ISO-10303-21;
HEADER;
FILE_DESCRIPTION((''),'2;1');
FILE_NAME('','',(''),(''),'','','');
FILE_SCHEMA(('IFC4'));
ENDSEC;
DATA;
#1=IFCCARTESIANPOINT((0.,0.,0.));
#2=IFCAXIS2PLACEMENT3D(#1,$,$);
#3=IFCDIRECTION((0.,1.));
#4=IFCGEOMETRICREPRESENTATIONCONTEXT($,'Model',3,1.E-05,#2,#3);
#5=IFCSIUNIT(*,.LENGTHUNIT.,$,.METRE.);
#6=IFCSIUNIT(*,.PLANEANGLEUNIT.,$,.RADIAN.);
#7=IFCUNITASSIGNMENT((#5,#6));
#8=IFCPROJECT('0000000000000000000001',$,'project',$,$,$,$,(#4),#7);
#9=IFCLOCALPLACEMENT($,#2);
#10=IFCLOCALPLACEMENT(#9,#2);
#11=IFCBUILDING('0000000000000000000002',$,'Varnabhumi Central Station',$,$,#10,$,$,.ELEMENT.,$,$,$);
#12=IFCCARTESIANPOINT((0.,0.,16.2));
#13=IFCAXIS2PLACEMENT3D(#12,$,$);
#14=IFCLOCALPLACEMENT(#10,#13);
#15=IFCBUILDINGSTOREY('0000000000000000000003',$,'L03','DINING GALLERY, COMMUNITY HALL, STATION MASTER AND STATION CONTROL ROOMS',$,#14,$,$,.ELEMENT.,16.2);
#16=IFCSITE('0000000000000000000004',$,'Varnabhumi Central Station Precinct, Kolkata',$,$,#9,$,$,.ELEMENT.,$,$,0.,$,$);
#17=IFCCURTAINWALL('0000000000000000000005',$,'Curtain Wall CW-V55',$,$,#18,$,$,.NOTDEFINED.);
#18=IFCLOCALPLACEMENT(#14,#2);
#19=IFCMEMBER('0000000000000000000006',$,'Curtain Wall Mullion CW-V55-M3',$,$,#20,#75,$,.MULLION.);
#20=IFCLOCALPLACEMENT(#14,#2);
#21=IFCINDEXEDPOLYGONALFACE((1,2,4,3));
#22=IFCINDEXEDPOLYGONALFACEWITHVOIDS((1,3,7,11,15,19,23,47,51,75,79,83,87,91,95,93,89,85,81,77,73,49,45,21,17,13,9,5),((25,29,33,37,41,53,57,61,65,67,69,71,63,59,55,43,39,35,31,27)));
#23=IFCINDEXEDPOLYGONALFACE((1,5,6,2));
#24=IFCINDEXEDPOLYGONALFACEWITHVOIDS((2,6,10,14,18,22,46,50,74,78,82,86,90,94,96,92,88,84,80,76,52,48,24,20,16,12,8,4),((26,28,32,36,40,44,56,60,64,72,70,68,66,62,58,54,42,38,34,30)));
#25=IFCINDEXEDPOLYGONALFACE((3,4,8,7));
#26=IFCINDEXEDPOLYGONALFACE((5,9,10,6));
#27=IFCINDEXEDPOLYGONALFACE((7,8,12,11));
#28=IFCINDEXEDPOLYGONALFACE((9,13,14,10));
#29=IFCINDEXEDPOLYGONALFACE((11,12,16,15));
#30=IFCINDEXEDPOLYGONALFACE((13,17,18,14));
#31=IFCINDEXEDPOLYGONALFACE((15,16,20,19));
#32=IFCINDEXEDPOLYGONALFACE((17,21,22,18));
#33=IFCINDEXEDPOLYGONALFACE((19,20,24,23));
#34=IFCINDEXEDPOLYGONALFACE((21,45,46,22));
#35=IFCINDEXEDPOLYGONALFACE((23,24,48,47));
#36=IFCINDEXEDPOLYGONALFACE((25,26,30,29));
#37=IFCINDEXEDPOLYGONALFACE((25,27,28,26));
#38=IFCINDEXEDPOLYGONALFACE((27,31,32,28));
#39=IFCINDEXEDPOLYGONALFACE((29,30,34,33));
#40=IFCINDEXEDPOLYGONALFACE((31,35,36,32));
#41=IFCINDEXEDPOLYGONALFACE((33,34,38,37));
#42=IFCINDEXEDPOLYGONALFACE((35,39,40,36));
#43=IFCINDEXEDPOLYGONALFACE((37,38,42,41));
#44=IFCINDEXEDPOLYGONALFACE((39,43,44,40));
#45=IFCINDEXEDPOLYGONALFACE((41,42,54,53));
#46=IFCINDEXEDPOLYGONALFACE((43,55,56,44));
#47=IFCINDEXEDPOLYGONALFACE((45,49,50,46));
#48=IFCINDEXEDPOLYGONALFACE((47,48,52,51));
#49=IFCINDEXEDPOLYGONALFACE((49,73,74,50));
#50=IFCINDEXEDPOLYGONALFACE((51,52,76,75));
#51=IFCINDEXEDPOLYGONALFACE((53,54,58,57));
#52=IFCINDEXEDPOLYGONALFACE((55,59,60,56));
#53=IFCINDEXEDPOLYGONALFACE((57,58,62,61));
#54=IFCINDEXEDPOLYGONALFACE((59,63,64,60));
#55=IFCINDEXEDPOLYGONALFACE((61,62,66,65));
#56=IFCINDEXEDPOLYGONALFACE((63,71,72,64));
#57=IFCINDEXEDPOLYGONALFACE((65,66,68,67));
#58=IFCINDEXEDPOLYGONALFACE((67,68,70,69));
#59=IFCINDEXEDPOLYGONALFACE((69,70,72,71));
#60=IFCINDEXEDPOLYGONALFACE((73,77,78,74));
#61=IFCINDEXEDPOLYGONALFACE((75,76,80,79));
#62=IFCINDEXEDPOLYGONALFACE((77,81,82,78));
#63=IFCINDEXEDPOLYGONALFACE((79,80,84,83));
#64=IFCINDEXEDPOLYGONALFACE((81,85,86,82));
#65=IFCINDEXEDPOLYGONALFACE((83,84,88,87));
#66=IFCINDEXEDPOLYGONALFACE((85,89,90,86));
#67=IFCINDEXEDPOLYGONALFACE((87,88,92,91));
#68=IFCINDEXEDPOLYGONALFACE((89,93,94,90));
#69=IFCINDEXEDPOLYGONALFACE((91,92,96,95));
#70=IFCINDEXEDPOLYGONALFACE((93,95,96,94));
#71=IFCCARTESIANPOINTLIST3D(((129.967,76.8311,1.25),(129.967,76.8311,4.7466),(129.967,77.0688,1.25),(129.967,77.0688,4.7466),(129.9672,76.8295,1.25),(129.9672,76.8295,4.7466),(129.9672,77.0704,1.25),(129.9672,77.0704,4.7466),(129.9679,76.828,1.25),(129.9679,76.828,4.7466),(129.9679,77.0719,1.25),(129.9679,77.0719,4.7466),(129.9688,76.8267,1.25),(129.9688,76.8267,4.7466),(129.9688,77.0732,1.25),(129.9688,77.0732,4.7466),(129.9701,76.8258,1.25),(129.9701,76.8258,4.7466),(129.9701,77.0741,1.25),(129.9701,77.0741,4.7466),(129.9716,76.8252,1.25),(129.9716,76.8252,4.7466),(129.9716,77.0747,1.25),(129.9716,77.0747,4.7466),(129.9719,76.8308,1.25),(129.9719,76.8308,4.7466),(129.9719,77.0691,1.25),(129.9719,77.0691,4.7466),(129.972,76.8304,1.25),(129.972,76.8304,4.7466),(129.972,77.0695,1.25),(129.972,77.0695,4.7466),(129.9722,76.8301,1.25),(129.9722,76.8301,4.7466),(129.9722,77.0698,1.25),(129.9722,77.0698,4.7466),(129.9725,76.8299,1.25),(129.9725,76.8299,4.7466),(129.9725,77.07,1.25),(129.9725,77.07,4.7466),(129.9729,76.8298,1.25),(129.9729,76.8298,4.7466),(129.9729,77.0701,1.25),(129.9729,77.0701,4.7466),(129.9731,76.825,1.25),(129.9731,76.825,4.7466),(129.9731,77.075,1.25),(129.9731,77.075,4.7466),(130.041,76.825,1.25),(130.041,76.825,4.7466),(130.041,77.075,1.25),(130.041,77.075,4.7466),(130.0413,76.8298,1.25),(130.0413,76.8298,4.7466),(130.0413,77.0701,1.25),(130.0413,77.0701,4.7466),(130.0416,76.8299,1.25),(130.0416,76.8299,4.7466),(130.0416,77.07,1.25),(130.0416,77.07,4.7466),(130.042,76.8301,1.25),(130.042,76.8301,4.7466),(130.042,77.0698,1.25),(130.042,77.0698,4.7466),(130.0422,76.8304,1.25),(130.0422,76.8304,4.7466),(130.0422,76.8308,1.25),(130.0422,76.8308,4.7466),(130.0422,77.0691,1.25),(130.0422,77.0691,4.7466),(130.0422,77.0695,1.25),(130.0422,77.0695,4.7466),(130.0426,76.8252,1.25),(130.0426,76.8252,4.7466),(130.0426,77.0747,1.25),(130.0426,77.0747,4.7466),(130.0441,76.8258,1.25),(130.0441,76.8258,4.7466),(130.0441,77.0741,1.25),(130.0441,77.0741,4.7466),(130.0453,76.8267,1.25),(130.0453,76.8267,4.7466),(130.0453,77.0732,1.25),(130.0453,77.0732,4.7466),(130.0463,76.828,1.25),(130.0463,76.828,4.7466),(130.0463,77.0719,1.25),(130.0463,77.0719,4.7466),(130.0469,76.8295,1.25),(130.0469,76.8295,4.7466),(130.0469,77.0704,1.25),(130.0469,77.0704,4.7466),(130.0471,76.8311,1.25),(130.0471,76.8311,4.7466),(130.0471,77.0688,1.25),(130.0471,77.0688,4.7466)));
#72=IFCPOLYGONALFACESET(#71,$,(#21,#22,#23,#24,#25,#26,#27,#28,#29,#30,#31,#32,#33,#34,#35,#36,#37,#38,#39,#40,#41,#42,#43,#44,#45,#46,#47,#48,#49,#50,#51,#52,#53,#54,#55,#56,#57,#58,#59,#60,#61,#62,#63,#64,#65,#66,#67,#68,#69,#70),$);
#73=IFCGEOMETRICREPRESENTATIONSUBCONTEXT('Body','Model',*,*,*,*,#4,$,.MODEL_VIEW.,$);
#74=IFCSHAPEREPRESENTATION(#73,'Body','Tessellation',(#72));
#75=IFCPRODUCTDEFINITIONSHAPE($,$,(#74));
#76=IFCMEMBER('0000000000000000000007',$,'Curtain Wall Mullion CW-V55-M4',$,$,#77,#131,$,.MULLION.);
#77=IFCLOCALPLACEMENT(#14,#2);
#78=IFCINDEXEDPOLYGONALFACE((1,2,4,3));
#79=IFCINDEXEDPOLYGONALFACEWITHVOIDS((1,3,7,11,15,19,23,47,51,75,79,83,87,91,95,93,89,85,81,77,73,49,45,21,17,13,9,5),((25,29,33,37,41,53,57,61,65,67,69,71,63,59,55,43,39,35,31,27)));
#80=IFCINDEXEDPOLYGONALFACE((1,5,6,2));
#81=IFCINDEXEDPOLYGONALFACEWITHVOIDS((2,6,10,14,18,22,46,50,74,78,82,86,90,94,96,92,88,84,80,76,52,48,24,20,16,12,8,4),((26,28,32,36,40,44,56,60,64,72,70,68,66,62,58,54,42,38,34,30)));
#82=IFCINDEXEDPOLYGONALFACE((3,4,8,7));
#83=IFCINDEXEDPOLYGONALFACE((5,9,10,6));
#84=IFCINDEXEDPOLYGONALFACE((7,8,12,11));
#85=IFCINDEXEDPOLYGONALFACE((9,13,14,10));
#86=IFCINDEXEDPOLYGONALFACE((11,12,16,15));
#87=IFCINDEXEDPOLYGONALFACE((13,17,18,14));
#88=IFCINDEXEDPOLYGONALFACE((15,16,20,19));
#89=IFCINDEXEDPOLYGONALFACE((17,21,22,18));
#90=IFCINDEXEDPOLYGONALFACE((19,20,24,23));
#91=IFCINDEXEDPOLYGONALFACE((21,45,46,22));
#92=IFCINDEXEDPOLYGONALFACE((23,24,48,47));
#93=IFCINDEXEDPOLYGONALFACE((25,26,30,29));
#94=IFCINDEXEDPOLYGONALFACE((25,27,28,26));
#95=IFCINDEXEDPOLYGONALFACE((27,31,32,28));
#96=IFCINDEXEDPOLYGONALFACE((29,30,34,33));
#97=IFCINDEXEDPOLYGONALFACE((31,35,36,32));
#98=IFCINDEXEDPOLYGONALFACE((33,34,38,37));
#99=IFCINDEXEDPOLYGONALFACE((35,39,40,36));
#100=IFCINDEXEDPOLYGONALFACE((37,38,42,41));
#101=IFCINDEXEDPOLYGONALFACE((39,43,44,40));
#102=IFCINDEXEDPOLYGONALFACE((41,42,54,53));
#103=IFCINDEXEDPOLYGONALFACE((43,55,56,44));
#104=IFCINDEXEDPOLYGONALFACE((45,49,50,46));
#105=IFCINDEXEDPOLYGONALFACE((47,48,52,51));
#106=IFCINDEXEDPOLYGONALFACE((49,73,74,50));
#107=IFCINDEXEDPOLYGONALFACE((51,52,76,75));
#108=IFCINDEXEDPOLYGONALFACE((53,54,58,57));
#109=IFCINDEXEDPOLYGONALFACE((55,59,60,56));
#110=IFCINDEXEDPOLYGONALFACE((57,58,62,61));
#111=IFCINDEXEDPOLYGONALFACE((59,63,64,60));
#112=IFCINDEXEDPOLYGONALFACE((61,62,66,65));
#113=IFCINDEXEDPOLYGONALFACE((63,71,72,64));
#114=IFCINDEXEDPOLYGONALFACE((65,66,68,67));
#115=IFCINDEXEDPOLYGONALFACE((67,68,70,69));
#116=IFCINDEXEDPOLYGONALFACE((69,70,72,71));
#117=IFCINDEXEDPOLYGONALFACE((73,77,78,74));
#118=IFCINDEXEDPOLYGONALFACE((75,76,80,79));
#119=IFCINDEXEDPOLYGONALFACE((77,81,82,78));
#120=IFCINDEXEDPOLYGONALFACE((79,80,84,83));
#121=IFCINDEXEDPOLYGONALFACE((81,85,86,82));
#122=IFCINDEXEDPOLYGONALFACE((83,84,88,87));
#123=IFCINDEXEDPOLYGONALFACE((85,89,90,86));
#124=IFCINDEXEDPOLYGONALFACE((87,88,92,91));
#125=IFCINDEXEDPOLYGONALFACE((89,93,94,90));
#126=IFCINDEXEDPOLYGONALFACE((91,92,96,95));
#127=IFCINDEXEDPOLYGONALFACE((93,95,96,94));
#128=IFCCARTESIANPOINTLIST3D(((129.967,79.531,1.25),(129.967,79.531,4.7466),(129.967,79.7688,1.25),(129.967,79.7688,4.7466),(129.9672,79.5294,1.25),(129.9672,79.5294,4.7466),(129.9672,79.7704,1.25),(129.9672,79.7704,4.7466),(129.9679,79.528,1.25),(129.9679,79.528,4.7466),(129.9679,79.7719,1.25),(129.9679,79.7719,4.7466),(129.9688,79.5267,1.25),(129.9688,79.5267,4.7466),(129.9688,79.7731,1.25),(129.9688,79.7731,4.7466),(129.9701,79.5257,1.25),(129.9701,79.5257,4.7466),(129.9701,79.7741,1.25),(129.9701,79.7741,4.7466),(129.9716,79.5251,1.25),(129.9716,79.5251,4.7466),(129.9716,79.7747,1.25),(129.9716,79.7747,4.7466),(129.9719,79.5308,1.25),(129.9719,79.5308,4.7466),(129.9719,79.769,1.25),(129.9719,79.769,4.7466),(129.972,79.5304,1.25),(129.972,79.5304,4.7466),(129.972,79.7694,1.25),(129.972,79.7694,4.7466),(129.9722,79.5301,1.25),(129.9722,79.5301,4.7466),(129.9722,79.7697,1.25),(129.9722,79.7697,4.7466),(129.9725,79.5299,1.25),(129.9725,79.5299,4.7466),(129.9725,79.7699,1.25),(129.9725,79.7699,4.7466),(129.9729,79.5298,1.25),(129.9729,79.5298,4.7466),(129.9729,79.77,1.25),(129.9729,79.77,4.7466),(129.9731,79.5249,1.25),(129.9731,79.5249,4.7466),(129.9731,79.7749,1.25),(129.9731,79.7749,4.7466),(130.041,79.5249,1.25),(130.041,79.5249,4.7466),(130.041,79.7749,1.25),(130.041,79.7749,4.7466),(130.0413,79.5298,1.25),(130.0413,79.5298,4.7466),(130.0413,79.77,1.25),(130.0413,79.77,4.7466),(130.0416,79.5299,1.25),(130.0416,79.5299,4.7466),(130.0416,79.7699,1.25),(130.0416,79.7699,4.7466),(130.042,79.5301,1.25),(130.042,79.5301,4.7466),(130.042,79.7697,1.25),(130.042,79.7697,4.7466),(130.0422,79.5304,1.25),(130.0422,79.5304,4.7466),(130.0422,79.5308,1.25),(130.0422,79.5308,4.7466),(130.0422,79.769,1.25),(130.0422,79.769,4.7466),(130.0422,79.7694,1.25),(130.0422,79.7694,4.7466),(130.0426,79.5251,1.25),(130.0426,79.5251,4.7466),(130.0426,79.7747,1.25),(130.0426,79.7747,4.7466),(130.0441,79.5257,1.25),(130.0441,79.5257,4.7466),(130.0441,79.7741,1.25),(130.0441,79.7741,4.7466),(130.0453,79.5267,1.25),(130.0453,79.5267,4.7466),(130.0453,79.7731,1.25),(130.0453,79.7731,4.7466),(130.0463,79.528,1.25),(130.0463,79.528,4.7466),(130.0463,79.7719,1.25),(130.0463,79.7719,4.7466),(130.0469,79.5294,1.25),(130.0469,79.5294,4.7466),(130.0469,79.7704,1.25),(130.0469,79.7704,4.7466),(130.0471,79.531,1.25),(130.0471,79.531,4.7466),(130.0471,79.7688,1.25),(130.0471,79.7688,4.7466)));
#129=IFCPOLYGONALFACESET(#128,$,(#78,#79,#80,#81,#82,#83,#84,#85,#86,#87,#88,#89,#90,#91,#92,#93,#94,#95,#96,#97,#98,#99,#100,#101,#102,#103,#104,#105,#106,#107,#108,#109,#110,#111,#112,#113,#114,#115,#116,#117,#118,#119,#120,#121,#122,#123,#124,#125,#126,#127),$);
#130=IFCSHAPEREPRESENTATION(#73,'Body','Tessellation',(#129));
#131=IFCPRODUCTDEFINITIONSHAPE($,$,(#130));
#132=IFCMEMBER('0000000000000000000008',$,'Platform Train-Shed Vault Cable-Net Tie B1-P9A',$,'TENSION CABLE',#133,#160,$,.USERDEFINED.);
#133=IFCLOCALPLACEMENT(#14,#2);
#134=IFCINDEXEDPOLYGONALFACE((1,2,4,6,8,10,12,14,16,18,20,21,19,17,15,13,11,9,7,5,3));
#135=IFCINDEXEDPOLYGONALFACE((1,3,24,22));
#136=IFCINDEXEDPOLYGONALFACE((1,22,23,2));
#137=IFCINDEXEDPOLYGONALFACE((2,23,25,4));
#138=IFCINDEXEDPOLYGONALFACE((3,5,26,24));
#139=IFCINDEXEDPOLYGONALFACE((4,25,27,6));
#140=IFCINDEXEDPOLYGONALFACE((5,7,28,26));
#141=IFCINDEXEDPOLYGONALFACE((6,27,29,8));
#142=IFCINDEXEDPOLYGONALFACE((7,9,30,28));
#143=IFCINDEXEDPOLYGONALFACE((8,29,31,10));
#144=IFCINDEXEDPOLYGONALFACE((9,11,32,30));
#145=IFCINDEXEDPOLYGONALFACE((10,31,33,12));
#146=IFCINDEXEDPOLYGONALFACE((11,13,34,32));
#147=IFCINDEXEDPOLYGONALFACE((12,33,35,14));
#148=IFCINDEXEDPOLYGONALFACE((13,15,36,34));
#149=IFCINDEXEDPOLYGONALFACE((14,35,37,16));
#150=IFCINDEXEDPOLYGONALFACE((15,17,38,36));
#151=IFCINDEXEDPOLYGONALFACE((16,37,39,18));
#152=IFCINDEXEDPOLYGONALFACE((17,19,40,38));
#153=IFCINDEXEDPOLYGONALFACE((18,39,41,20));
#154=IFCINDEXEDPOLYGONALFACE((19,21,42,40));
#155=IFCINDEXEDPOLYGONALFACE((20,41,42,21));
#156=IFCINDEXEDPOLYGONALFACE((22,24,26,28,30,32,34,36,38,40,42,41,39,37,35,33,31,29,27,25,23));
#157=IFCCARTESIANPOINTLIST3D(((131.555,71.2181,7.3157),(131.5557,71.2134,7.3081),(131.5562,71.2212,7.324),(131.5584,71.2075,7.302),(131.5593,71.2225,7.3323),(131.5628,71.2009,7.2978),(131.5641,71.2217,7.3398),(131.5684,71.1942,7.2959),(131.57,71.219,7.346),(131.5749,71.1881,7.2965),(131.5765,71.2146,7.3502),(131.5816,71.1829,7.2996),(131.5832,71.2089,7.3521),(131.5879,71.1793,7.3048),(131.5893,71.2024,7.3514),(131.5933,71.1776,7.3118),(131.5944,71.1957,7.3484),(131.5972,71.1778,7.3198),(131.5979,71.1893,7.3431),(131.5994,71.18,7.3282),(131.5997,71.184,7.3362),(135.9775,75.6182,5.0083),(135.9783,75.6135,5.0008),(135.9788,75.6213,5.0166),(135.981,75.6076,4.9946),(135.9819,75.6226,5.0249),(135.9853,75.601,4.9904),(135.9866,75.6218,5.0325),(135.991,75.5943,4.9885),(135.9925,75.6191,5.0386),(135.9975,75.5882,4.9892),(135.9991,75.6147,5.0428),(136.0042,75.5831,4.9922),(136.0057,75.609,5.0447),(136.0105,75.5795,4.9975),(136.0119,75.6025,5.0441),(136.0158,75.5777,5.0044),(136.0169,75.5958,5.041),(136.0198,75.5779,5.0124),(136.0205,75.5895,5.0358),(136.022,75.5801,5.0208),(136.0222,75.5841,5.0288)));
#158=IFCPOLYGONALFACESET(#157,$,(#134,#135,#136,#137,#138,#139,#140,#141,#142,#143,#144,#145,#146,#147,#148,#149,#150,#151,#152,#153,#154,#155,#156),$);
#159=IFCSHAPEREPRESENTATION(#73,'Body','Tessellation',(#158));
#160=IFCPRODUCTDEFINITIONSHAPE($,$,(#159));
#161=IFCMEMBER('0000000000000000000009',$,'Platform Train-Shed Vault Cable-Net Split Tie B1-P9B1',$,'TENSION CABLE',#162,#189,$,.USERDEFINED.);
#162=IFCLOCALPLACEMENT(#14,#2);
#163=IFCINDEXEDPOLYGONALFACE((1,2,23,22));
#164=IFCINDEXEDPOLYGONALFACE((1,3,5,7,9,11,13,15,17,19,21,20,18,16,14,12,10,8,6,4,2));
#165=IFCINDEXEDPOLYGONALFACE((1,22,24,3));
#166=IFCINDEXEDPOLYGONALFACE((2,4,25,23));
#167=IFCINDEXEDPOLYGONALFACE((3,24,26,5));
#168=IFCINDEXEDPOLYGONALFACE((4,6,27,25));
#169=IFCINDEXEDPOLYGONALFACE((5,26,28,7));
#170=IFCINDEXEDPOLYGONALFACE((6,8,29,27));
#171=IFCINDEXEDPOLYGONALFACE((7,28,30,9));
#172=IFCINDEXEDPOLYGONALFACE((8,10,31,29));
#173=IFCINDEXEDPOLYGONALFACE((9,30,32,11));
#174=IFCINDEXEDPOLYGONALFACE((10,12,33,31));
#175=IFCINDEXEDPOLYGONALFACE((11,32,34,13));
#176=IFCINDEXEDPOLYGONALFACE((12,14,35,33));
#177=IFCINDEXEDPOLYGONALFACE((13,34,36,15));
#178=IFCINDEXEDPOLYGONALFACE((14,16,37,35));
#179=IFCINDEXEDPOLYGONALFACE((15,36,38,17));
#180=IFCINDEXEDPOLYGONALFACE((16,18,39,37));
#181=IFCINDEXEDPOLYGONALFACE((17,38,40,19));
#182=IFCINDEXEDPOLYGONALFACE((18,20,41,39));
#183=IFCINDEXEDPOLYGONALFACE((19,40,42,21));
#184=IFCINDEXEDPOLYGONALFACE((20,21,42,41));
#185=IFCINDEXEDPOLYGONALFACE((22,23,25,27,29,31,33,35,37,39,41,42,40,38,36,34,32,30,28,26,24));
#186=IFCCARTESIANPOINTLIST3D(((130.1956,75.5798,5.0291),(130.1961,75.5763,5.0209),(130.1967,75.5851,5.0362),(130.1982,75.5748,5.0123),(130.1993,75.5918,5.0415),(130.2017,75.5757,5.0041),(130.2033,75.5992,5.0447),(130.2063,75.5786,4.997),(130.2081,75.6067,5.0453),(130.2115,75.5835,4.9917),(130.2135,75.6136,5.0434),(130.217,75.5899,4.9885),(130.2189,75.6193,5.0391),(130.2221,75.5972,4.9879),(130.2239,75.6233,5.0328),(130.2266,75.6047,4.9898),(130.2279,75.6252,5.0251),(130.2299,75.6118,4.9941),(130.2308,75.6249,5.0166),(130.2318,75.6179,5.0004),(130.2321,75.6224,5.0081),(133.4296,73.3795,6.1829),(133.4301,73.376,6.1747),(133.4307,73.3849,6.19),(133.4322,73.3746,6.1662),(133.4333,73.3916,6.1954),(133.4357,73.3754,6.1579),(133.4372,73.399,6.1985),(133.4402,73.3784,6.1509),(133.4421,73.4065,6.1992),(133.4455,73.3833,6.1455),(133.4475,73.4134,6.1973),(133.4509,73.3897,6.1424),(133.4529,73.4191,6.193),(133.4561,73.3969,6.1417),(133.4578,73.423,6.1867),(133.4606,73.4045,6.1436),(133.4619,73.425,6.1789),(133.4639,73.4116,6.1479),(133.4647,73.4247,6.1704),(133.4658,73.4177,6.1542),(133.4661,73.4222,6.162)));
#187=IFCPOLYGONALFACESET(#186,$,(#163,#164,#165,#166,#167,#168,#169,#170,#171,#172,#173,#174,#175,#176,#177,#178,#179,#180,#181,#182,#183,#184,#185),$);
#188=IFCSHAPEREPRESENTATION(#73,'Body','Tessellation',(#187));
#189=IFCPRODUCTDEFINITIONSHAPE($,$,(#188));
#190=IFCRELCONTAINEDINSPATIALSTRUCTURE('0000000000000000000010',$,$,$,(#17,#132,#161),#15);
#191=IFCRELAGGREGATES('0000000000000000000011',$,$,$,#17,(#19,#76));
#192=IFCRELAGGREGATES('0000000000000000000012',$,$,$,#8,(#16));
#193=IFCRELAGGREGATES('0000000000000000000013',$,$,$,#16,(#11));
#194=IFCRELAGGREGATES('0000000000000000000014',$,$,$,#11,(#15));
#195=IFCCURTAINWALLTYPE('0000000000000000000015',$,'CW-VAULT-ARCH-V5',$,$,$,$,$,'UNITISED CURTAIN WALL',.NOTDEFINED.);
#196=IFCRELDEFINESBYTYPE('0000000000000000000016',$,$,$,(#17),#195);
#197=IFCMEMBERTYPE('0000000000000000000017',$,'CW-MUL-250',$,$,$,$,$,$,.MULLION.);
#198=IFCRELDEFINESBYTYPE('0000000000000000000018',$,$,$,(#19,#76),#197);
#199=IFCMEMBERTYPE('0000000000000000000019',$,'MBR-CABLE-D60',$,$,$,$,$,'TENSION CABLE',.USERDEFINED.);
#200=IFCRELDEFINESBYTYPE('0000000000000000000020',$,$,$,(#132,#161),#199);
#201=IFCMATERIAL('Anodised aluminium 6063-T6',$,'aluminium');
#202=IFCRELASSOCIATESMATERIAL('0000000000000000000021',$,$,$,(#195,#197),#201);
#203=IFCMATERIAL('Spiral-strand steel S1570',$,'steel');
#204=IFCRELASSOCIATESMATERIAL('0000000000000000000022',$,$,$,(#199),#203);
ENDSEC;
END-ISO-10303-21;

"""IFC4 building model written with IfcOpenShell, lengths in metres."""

from ifc_helpers import new_model, si_unit, direction, frame, origin, origin_2d, place, context, subcontext, project, spatial, hollow_rectangle, circle, extrude, material, material_profile, profile_set, type_object, element, aggregate, save


model = new_model("IFC4")

# Units and contexts
model_context = context("Model", 3, precision=1e-05, world=origin(), true_north=direction((0.0, 1.0)))
body_context = subcontext(model_context, "Body", "Model", "MODEL_VIEW")
ifc_project = project(units=[si_unit("LENGTHUNIT", "METRE"), si_unit("PLANEANGLEUNIT", "RADIAN")], contexts=[model_context])

# Site, building, storey
site_placement = place(None, origin())
site = spatial("IfcSite", under=ifc_project, at=site_placement, Name="Varnabhumi Central Station Precinct, Kolkata", CompositionType="ELEMENT", RefElevation=0.0)
building_placement = place(site_placement, origin())
building = spatial("IfcBuilding", under=site, at=building_placement, Name="Varnabhumi Central Station", CompositionType="ELEMENT")
storey_placement = place(building_placement, frame((0.0, 0.0, 16.2)))
storey = spatial("IfcBuildingStorey", under=building, at=storey_placement, Name="L03", Description="DINING GALLERY, COMMUNITY HALL, STATION MASTER AND STATION CONTROL ROOMS", CompositionType="ELEMENT", Elevation=16.2)

# Curtain wall, members
ifc_material_1 = material(Name="Anodised aluminium 6063-T6", Category="aluminium")
curtain_wall_type = type_object("IfcCurtainWallType", Name="CW-VAULT-ARCH-V5", ElementType="UNITISED CURTAIN WALL", PredefinedType="NOTDEFINED", material=ifc_material_1)
ifc_material_profile_1 = material_profile(ifc_material_1, hollow_rectangle(XDim=0.0801, YDim=0.25, WallThickness=0.0049, InnerFilletRadius=0.001, OuterFilletRadius=0.0061, at=origin_2d()), Name="Anodised aluminium 6063-T6", Category="aluminium")
ifc_profile_set_1 = profile_set([ifc_material_profile_1], Name="Anodised aluminium 6063-T6")
member_type_1 = type_object("IfcMemberType", Name="CW-MUL-250", PredefinedType="MULLION", material=ifc_profile_set_1)
curtain_wall_1_placement = place(storey_placement, origin())
curtain_wall_1 = element("IfcCurtainWall", 1, at=curtain_wall_1_placement, inside=storey, type_object=curtain_wall_type, Name="Curtain Wall CW-V55", PredefinedType="NOTDEFINED")
member_1_placement = place(storey_placement, frame((130.0071, 76.95, 1.25), z_axis=(0.0, 0.0, 1.0), x_axis=(1.0, 0.0, 0.0)))
member_1 = element("IfcMember", 2, at=member_1_placement, type_object=member_type_1, Name="Curtain Wall Mullion CW-V55-M3", PredefinedType="MULLION", context=body_context, shape_type="SweptSolid", body=[
    extrude(hollow_rectangle(XDim=0.0801, YDim=0.25, WallThickness=0.0049, InnerFilletRadius=0.001, OuterFilletRadius=0.0061, at=origin_2d()), origin(), (0.0, 0.0, 1.0), 3.4966),
])
member_2_placement = place(storey_placement, frame((130.0071, 79.6499, 1.25), z_axis=(0.0, 0.0, 1.0), x_axis=(1.0, 0.0, 0.0)))
member_2 = element("IfcMember", 3, at=member_2_placement, type_object=member_type_1, Name="Curtain Wall Mullion CW-V55-M4", PredefinedType="MULLION", context=body_context, shape_type="SweptSolid", body=[
    extrude(hollow_rectangle(XDim=0.0801, YDim=0.25, WallThickness=0.0049, InnerFilletRadius=0.001, OuterFilletRadius=0.0061, at=origin_2d()), origin(), (0.0, 0.0, 1.0), 3.4966),
])

# Members
ifc_material_2 = material(Name="Spiral-strand steel S1570", Category="steel")
ifc_material_profile_2 = material_profile(ifc_material_2, circle(Radius=0.03, at=origin_2d()), Name="Spiral-strand steel S1570", Category="steel")
ifc_profile_set_2 = profile_set([ifc_material_profile_2], Name="Spiral-strand steel S1570")
member_type_2 = type_object("IfcMemberType", Name="MBR-CABLE-D60", ElementType="TENSION CABLE", PredefinedType="USERDEFINED", material=ifc_profile_set_2)
member_3_placement = place(storey_placement, frame((131.5774, 71.2, 7.324), z_axis=(0.664887, 0.66151, -0.346886), x_axis=(-0.705304, 0.708905, 0.0)))
element("IfcMember", 4, at=member_3_placement, inside=storey, type_object=member_type_2, Name="Platform Train-Shed Vault Cable-Net Tie B1-P9A", ObjectType="TENSION CABLE", PredefinedType="USERDEFINED", context=body_context, shape_type="SweptSolid", body=[
    extrude(circle(Radius=0.03, at=origin_2d()), origin(), (0.0, 0.0, 1.0), 6.6516),
])
member_4_placement = place(storey_placement, frame((130.2139, 75.6001, 5.0166), z_axis=(0.793006, -0.539527, 0.282934), x_axis=(0.562511, 0.826789, 0.0)))
element("IfcMember", 5, at=member_4_placement, inside=storey, type_object=member_type_2, Name="Platform Train-Shed Vault Cable-Net Split Tie B1-P9B1", ObjectType="TENSION CABLE", PredefinedType="USERDEFINED", context=body_context, shape_type="SweptSolid", body=[
    extrude(circle(Radius=0.03, at=origin_2d()), origin(), (0.0, 0.0, 1.0), 4.0781),
])

aggregate(curtain_wall_1, [member_1, member_2])

save(model, "model.ifc")
